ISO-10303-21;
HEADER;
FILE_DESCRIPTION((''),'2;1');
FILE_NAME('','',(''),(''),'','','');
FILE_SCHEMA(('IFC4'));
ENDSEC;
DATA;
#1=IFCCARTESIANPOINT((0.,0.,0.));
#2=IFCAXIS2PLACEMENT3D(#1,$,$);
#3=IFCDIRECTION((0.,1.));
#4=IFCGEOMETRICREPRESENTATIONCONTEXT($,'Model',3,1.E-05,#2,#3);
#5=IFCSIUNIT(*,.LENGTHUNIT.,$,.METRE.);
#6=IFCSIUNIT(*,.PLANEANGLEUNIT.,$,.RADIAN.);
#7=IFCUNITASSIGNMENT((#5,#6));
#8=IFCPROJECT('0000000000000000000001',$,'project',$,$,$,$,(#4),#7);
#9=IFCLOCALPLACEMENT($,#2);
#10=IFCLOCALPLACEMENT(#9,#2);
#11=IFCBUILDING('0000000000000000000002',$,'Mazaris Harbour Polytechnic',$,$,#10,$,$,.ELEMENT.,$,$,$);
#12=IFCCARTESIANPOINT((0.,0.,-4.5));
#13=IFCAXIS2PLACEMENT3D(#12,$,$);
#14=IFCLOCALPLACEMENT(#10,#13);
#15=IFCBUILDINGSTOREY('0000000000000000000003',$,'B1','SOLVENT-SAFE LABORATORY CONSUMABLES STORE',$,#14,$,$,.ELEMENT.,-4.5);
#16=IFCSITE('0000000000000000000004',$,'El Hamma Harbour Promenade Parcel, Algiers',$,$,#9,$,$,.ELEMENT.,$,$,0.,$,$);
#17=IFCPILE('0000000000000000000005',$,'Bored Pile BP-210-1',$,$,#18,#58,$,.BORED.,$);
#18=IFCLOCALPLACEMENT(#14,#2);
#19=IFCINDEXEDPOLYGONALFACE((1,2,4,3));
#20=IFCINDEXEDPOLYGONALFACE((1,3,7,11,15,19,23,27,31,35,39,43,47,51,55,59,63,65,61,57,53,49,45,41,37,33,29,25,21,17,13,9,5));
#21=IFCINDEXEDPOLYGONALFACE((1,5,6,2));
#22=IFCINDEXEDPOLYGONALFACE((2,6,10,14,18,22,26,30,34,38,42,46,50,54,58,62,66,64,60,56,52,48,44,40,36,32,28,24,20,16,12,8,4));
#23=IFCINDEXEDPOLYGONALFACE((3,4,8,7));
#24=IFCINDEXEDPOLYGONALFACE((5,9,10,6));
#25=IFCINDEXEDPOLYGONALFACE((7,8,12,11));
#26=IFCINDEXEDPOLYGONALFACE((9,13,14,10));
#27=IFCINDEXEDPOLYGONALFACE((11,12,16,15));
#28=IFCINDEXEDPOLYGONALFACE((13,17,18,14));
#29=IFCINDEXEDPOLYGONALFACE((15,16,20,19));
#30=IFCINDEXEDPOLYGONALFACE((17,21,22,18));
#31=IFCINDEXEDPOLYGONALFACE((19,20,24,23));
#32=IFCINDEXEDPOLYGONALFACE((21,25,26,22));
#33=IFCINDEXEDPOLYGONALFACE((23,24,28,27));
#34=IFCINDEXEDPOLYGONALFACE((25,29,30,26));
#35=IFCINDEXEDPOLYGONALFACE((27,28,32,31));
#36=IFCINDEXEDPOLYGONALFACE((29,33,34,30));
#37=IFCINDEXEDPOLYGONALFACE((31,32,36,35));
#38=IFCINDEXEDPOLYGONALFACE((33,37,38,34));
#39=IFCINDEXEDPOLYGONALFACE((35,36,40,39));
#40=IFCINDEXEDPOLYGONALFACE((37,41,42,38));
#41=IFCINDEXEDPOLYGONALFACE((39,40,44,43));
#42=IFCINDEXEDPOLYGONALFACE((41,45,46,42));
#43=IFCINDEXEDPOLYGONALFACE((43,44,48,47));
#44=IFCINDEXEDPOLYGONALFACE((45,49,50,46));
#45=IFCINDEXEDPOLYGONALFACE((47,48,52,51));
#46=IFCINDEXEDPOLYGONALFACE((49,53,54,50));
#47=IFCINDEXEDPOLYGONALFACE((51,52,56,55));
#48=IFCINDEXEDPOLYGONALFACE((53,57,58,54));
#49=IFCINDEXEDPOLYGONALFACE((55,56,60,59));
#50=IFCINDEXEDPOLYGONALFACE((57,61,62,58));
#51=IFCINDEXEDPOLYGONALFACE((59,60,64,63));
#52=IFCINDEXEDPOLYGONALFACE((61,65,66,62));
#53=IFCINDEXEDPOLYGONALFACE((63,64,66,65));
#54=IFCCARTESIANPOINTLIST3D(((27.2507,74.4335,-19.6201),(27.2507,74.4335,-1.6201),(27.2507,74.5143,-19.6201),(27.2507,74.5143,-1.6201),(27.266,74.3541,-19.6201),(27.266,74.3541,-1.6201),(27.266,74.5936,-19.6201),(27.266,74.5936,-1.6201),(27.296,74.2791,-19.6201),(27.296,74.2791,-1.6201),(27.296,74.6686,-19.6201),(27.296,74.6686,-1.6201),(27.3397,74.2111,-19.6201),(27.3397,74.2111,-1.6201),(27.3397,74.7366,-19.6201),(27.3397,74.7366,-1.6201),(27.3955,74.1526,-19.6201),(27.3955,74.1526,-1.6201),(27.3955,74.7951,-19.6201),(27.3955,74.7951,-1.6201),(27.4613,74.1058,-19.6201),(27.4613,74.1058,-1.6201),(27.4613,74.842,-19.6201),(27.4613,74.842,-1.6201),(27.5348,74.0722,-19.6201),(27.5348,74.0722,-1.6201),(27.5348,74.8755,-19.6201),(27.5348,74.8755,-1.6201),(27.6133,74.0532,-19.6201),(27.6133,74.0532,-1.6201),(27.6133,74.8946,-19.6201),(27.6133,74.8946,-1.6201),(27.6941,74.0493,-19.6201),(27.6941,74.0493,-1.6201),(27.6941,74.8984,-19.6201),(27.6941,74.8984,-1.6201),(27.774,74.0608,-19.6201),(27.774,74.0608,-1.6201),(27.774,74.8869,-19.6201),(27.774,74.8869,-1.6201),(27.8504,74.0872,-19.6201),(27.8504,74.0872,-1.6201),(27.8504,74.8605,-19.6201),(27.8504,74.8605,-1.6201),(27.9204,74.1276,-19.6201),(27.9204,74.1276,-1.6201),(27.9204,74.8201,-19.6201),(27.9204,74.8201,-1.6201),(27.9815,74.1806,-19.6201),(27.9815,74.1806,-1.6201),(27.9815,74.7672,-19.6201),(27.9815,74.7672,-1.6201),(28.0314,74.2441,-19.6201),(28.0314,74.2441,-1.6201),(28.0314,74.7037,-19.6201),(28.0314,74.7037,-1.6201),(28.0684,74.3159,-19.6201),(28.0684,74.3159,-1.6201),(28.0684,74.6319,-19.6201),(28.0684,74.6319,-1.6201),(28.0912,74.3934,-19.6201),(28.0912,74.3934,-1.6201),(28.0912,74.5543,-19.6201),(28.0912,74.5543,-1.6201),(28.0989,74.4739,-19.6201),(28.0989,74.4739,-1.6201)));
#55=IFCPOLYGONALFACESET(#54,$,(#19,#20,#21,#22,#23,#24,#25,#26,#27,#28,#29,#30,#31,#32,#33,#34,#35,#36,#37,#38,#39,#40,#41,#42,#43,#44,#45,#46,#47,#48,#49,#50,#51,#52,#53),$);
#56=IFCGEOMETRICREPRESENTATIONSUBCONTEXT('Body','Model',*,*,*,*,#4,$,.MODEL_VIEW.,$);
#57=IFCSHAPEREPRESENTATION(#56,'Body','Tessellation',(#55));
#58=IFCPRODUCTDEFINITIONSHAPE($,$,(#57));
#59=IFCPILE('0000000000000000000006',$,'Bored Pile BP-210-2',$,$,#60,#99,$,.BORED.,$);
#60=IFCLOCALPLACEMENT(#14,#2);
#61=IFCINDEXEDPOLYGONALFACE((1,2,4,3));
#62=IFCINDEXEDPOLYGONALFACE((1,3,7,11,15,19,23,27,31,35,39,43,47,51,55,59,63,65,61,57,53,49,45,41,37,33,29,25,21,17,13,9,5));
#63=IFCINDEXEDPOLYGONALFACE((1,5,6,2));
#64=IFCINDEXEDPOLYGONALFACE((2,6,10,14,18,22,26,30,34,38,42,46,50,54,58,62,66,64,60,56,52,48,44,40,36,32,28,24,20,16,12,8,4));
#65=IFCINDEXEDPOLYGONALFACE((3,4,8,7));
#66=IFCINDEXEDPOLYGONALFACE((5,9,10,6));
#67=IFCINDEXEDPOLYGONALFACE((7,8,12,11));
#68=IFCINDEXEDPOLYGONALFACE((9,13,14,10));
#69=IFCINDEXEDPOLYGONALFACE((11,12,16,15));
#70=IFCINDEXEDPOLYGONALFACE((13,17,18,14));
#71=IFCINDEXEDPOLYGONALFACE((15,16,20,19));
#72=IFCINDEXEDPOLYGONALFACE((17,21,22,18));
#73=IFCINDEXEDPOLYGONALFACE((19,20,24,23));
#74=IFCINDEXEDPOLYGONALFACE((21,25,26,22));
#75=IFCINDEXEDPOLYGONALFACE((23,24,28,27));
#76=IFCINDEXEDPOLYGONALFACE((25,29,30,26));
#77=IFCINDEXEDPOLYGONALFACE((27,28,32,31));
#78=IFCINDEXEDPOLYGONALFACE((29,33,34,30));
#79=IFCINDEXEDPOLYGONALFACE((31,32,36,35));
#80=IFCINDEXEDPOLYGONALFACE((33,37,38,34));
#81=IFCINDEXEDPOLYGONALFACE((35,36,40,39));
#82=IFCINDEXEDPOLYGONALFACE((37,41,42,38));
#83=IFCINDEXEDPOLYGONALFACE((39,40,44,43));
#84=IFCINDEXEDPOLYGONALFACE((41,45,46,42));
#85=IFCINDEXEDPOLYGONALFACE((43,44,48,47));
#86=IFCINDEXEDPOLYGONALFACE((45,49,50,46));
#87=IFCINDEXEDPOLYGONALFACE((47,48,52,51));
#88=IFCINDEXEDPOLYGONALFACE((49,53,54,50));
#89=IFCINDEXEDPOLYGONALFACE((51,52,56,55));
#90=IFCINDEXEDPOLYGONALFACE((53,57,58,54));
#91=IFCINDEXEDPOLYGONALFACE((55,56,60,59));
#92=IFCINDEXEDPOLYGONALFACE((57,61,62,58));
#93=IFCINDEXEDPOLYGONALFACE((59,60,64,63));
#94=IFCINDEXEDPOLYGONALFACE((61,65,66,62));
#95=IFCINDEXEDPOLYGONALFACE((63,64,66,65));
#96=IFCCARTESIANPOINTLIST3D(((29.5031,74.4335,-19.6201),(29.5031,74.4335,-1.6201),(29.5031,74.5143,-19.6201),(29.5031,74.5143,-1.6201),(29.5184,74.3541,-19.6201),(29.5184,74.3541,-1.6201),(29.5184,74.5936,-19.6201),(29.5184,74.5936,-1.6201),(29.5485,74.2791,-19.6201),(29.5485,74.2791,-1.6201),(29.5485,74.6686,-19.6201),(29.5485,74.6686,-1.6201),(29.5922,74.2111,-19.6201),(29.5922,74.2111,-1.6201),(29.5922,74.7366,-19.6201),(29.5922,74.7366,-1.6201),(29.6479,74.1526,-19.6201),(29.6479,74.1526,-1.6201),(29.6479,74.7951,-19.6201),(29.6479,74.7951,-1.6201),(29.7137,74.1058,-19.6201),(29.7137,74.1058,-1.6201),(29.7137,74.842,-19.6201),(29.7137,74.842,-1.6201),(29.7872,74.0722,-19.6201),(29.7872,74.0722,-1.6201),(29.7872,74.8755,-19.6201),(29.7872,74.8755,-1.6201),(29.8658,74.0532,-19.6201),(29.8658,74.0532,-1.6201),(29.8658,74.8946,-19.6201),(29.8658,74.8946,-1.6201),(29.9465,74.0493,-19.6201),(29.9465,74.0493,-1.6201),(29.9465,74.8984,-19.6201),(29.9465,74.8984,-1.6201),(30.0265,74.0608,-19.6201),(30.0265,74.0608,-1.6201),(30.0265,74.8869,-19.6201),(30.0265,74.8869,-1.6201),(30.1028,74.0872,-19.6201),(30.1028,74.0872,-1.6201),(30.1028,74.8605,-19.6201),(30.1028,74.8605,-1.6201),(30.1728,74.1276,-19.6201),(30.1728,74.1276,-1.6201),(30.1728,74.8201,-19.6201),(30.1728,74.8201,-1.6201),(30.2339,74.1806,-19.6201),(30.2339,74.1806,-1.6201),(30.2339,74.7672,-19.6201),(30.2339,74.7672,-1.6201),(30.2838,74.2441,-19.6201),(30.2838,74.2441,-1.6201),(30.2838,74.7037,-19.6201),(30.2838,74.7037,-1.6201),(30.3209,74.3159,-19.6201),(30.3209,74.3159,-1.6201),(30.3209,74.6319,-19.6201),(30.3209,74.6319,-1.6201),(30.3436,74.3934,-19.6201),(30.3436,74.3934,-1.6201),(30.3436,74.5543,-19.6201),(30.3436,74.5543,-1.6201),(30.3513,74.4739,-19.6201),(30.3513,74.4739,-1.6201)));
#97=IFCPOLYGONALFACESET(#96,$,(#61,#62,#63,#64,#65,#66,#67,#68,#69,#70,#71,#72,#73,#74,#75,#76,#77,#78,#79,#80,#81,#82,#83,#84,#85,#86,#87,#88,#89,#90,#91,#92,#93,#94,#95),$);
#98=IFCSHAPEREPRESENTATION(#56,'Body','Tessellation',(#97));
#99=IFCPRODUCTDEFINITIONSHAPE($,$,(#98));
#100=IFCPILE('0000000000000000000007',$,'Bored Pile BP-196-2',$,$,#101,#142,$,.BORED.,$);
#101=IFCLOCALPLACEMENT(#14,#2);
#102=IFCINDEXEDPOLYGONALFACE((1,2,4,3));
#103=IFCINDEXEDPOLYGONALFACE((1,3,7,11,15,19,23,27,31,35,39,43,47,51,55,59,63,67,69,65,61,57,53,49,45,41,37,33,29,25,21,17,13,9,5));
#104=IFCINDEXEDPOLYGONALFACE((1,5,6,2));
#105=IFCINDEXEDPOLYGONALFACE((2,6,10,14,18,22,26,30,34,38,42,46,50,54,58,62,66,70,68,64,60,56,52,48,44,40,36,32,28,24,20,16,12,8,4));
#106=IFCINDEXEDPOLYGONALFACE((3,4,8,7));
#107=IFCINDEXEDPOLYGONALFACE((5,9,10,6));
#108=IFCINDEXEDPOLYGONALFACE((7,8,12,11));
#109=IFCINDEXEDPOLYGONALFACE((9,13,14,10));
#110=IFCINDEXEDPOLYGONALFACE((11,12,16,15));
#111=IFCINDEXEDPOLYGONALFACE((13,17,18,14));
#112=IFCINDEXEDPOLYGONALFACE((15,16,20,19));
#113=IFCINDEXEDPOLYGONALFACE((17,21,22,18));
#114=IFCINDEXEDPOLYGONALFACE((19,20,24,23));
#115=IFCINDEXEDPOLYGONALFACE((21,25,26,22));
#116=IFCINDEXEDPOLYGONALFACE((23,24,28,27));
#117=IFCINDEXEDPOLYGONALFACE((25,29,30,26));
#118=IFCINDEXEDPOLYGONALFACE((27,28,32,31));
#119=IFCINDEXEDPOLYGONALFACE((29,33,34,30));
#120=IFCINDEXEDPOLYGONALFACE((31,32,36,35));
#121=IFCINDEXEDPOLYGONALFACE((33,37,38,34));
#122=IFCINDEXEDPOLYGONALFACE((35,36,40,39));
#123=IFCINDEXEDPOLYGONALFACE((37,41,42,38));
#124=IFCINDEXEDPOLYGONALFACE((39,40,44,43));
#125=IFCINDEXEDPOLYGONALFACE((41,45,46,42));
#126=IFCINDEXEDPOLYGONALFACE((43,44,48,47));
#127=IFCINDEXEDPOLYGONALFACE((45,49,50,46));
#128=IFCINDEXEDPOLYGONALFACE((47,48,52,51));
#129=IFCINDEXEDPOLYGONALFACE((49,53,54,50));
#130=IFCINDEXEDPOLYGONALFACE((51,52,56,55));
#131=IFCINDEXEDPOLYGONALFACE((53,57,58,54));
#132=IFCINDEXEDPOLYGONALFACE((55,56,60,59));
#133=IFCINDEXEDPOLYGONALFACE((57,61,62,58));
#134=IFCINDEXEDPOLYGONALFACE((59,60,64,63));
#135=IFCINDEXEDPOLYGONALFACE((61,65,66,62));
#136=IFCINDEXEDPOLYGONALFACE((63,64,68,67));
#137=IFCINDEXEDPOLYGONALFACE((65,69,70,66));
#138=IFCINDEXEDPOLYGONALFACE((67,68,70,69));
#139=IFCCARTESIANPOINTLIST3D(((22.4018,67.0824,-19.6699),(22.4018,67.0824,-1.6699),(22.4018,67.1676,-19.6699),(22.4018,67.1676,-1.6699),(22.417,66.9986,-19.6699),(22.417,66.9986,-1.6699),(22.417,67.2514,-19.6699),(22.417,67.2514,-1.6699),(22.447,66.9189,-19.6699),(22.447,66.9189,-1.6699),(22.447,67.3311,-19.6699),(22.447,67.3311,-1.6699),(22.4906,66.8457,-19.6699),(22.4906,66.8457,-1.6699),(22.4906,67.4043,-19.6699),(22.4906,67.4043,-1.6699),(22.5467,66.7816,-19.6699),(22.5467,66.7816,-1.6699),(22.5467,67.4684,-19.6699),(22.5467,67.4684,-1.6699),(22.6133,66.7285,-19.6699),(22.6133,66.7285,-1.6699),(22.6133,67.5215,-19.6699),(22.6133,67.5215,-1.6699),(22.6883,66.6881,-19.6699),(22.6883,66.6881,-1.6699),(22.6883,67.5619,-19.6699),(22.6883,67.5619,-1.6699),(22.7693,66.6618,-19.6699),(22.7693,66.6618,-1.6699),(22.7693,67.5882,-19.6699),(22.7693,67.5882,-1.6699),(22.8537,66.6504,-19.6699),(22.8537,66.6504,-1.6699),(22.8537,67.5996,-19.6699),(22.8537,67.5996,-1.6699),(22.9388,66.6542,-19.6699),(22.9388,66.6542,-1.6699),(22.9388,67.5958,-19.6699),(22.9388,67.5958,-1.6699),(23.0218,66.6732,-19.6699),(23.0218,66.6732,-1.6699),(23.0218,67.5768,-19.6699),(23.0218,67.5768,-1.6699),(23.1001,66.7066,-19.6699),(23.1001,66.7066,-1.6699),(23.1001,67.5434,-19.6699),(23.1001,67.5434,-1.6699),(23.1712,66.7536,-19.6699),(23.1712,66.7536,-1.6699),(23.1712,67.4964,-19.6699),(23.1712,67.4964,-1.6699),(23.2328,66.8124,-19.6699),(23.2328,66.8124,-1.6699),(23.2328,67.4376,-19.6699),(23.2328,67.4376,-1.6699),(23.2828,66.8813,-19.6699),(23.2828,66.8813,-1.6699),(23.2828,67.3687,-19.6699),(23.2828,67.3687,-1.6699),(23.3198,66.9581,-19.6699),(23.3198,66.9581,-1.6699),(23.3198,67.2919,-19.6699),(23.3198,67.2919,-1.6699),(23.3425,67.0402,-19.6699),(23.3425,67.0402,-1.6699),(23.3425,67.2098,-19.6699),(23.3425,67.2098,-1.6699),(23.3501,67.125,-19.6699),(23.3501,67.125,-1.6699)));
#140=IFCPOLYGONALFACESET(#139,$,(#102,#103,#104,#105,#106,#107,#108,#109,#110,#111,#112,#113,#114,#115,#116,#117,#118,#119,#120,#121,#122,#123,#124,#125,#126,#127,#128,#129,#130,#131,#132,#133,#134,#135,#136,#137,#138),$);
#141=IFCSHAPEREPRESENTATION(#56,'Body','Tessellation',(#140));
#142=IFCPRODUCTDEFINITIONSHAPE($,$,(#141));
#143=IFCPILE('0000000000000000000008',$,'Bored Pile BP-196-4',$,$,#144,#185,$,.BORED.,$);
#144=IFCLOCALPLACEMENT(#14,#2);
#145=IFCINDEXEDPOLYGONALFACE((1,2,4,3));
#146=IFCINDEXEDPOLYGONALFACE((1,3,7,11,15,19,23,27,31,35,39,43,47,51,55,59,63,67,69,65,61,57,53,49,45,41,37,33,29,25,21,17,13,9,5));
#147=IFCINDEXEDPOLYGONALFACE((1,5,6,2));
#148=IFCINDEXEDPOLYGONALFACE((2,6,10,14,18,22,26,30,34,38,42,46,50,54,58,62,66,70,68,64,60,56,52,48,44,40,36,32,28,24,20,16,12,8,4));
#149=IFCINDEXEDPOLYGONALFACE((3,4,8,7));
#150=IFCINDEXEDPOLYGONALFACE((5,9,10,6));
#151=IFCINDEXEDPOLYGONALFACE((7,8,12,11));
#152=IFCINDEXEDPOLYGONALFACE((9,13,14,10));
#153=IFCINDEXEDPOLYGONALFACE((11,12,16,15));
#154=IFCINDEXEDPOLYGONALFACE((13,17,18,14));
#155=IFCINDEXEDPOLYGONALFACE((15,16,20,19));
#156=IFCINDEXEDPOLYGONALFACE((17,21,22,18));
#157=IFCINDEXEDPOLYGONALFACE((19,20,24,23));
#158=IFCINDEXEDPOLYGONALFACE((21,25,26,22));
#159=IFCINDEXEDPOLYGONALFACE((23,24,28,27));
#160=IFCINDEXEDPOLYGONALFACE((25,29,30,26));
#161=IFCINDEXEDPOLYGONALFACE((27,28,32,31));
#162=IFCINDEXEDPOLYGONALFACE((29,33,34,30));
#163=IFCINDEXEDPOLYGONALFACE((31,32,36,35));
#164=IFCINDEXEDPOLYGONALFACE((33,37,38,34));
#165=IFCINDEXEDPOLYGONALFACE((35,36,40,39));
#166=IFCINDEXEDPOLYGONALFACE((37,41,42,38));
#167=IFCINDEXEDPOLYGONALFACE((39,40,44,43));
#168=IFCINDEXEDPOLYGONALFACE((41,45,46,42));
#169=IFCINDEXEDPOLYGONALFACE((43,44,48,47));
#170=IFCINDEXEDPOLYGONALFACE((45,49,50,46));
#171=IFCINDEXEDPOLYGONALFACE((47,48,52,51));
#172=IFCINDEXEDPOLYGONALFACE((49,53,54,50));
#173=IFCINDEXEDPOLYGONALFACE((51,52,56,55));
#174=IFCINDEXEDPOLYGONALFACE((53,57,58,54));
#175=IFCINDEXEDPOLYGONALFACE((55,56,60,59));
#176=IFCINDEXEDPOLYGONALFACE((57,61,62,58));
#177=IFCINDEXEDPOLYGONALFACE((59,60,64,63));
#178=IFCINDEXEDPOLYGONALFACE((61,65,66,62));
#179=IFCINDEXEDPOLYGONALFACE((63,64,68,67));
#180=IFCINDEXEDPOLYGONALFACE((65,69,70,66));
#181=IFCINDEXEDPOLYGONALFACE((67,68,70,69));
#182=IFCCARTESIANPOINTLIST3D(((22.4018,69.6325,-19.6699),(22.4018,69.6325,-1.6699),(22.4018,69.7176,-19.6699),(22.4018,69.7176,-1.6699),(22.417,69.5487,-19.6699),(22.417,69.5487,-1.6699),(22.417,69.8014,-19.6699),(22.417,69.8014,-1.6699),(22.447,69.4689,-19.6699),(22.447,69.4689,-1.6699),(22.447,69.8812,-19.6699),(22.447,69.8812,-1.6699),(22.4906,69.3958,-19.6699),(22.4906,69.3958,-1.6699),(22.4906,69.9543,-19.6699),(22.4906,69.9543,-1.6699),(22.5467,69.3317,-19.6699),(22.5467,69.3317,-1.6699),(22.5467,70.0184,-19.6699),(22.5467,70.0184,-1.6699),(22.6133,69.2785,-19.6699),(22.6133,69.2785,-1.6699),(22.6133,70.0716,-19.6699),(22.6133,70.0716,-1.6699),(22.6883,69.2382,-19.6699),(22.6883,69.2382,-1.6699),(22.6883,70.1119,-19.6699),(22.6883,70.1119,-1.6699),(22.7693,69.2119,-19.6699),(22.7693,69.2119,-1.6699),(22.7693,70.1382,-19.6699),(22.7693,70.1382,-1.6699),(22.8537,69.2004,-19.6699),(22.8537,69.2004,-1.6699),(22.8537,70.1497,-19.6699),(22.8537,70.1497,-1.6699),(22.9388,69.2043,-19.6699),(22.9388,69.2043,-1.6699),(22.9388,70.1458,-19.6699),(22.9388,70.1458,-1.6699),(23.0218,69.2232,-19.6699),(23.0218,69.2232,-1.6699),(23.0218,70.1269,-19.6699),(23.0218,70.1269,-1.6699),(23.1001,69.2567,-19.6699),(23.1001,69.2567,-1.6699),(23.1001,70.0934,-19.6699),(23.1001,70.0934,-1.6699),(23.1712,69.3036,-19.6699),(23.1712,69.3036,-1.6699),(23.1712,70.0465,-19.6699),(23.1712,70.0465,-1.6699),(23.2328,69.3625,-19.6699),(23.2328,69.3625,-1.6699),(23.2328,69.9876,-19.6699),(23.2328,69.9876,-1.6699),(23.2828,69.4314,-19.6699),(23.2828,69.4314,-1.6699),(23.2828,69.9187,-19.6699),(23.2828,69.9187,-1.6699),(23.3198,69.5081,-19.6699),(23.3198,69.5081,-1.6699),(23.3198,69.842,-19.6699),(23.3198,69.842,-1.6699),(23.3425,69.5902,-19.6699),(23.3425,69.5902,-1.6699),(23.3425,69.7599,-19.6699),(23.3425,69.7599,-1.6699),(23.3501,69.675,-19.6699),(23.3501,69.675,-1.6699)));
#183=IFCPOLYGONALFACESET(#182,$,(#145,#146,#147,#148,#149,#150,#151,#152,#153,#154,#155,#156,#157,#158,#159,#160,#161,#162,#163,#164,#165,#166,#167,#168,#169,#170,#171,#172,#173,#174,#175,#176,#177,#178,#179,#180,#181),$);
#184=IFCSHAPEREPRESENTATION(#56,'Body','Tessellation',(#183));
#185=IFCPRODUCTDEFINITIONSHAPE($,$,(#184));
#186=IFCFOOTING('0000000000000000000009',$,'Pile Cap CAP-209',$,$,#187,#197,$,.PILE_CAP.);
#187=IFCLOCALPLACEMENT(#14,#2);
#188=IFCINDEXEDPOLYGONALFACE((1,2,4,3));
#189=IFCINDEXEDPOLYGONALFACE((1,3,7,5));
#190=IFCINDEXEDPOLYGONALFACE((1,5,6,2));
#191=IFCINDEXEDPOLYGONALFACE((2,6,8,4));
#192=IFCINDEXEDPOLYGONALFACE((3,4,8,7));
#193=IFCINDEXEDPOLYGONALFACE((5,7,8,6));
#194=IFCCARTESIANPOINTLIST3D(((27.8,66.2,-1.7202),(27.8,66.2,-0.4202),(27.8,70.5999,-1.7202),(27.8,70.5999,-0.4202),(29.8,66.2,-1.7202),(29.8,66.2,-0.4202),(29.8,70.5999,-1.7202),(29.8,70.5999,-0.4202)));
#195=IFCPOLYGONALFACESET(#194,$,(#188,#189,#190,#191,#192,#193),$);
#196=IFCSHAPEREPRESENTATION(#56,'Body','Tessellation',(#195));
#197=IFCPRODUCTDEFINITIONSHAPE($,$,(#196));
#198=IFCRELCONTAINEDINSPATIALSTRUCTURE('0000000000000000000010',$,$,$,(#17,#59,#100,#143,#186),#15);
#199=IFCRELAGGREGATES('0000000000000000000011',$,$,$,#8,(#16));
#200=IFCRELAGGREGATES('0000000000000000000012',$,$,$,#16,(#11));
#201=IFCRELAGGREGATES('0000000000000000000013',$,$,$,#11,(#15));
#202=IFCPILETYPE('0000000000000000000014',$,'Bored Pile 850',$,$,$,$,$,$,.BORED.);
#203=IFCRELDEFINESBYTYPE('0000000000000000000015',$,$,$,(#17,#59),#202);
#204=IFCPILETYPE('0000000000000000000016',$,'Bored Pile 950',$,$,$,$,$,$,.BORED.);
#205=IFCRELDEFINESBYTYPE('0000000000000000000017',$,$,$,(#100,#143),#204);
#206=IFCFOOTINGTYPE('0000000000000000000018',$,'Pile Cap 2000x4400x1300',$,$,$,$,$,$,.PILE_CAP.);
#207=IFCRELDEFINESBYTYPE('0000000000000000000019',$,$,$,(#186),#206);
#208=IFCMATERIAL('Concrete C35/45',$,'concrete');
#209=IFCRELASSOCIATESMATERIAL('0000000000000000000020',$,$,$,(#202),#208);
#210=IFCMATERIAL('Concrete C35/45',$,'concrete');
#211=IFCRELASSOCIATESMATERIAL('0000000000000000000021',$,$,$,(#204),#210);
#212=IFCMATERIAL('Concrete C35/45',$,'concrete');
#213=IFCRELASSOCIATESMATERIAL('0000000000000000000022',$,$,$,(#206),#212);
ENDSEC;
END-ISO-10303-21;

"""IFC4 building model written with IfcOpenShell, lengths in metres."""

from ifc_helpers import new_model, si_unit, direction, frame, origin, origin_2d, place, context, subcontext, project, spatial, rectangle, circle, extrude, material, material_profile, profile_set, type_object, element, save


model = new_model("IFC4")

# Units and contexts
model_context = context("Model", 3, precision=1e-05, world=origin(), true_north=direction((0.0, 1.0)))
body_context = subcontext(model_context, "Body", "Model", "MODEL_VIEW")
ifc_project = project(units=[si_unit("LENGTHUNIT", "METRE"), si_unit("PLANEANGLEUNIT", "RADIAN")], contexts=[model_context])

# Site, building, storey
site_placement = place(None, origin())
site = spatial("IfcSite", under=ifc_project, at=site_placement, Name="El Hamma Harbour Promenade Parcel, Algiers", CompositionType="ELEMENT", RefElevation=0.0)
building_placement = place(site_placement, origin())
building = spatial("IfcBuilding", under=site, at=building_placement, Name="Mazaris Harbour Polytechnic", CompositionType="ELEMENT")
storey_placement = place(building_placement, frame((0.0, 0.0, -4.5)))
storey = spatial("IfcBuildingStorey", under=building, at=storey_placement, Name="B1", Description="SOLVENT-SAFE LABORATORY CONSUMABLES STORE", CompositionType="ELEMENT", Elevation=-4.5)

# Piles
ifc_material_1 = material(Name="Concrete C35/45", Category="concrete")
ifc_material_profile_1 = material_profile(ifc_material_1, circle(Radius=0.425, at=origin_2d()), Name="DIA850")
ifc_profile_set_1 = profile_set([ifc_material_profile_1], Name="Concrete C35/45")
pile_type_1 = type_object("IfcPileType", Name="Bored Pile 850", PredefinedType="BORED", material=ifc_profile_set_1)
for number, where, z_axis, x_axis, name in (
    (1, (27.6738, 74.4739, -1.6201), (0.0, 0.0, -1.0), (1.0, 0.0, 0.0), "Bored Pile BP-210-1"),
    (2, (29.9263, 74.4739, -1.6201), (0.0, 0.0, -1.0), (1.0, 0.0, 0.0), "Bored Pile BP-210-2"),
):
    element("IfcPile", number, at=place(storey_placement, frame(where, z_axis=z_axis, x_axis=x_axis)), inside=storey, type_object=pile_type_1, Name=name, PredefinedType="BORED", context=body_context, shape_type="SweptSolid", body=[
        extrude(circle(Radius=0.425, at=origin_2d()), origin(), (0.0, 0.0, 1.0), 18.0),
    ])
ifc_material_2 = material(Name="Concrete C35/45", Category="concrete")
ifc_material_profile_2 = material_profile(ifc_material_2, circle(Radius=0.4751, at=origin_2d()), Name="DIA950")
ifc_profile_set_2 = profile_set([ifc_material_profile_2], Name="Concrete C35/45")
pile_type_2 = type_object("IfcPileType", Name="Bored Pile 950", PredefinedType="BORED", material=ifc_profile_set_2)
for number, where, z_axis, x_axis, name in (
    (3, (22.875, 67.125, -1.6699), (0.0, 0.0, -1.0), (1.0, 0.0, 0.0), "Bored Pile BP-196-2"),
    (4, (22.875, 69.675, -1.6699), (0.0, 0.0, -1.0), (1.0, 0.0, 0.0), "Bored Pile BP-196-4"),
):
    element("IfcPile", number, at=place(storey_placement, frame(where, z_axis=z_axis, x_axis=x_axis)), inside=storey, type_object=pile_type_2, Name=name, PredefinedType="BORED", context=body_context, shape_type="SweptSolid", body=[
        extrude(circle(Radius=0.4751, at=origin_2d()), origin(), (0.0, 0.0, 1.0), 18.0),
    ])

# Footing
ifc_material_3 = material(Name="Concrete C35/45", Category="concrete")
footing_type_1 = type_object("IfcFootingType", Name="Pile Cap 2000x4400x1300", PredefinedType="PILE_CAP", material=ifc_material_3)
footing_1_placement = place(storey_placement, frame((28.8, 68.3999, -1.7202), z_axis=(0.0, 0.0, 1.0), x_axis=(1.0, 0.0, 0.0)))
element("IfcFooting", 5, at=footing_1_placement, inside=storey, type_object=footing_type_1, Name="Pile Cap CAP-209", PredefinedType="PILE_CAP", context=body_context, shape_type="SweptSolid", body=[
    extrude(rectangle(XDim=2.0, YDim=4.3999, at=origin_2d()), origin(), (0.0, 0.0, 1.0), 1.3),
])

save(model, "model.ifc")
